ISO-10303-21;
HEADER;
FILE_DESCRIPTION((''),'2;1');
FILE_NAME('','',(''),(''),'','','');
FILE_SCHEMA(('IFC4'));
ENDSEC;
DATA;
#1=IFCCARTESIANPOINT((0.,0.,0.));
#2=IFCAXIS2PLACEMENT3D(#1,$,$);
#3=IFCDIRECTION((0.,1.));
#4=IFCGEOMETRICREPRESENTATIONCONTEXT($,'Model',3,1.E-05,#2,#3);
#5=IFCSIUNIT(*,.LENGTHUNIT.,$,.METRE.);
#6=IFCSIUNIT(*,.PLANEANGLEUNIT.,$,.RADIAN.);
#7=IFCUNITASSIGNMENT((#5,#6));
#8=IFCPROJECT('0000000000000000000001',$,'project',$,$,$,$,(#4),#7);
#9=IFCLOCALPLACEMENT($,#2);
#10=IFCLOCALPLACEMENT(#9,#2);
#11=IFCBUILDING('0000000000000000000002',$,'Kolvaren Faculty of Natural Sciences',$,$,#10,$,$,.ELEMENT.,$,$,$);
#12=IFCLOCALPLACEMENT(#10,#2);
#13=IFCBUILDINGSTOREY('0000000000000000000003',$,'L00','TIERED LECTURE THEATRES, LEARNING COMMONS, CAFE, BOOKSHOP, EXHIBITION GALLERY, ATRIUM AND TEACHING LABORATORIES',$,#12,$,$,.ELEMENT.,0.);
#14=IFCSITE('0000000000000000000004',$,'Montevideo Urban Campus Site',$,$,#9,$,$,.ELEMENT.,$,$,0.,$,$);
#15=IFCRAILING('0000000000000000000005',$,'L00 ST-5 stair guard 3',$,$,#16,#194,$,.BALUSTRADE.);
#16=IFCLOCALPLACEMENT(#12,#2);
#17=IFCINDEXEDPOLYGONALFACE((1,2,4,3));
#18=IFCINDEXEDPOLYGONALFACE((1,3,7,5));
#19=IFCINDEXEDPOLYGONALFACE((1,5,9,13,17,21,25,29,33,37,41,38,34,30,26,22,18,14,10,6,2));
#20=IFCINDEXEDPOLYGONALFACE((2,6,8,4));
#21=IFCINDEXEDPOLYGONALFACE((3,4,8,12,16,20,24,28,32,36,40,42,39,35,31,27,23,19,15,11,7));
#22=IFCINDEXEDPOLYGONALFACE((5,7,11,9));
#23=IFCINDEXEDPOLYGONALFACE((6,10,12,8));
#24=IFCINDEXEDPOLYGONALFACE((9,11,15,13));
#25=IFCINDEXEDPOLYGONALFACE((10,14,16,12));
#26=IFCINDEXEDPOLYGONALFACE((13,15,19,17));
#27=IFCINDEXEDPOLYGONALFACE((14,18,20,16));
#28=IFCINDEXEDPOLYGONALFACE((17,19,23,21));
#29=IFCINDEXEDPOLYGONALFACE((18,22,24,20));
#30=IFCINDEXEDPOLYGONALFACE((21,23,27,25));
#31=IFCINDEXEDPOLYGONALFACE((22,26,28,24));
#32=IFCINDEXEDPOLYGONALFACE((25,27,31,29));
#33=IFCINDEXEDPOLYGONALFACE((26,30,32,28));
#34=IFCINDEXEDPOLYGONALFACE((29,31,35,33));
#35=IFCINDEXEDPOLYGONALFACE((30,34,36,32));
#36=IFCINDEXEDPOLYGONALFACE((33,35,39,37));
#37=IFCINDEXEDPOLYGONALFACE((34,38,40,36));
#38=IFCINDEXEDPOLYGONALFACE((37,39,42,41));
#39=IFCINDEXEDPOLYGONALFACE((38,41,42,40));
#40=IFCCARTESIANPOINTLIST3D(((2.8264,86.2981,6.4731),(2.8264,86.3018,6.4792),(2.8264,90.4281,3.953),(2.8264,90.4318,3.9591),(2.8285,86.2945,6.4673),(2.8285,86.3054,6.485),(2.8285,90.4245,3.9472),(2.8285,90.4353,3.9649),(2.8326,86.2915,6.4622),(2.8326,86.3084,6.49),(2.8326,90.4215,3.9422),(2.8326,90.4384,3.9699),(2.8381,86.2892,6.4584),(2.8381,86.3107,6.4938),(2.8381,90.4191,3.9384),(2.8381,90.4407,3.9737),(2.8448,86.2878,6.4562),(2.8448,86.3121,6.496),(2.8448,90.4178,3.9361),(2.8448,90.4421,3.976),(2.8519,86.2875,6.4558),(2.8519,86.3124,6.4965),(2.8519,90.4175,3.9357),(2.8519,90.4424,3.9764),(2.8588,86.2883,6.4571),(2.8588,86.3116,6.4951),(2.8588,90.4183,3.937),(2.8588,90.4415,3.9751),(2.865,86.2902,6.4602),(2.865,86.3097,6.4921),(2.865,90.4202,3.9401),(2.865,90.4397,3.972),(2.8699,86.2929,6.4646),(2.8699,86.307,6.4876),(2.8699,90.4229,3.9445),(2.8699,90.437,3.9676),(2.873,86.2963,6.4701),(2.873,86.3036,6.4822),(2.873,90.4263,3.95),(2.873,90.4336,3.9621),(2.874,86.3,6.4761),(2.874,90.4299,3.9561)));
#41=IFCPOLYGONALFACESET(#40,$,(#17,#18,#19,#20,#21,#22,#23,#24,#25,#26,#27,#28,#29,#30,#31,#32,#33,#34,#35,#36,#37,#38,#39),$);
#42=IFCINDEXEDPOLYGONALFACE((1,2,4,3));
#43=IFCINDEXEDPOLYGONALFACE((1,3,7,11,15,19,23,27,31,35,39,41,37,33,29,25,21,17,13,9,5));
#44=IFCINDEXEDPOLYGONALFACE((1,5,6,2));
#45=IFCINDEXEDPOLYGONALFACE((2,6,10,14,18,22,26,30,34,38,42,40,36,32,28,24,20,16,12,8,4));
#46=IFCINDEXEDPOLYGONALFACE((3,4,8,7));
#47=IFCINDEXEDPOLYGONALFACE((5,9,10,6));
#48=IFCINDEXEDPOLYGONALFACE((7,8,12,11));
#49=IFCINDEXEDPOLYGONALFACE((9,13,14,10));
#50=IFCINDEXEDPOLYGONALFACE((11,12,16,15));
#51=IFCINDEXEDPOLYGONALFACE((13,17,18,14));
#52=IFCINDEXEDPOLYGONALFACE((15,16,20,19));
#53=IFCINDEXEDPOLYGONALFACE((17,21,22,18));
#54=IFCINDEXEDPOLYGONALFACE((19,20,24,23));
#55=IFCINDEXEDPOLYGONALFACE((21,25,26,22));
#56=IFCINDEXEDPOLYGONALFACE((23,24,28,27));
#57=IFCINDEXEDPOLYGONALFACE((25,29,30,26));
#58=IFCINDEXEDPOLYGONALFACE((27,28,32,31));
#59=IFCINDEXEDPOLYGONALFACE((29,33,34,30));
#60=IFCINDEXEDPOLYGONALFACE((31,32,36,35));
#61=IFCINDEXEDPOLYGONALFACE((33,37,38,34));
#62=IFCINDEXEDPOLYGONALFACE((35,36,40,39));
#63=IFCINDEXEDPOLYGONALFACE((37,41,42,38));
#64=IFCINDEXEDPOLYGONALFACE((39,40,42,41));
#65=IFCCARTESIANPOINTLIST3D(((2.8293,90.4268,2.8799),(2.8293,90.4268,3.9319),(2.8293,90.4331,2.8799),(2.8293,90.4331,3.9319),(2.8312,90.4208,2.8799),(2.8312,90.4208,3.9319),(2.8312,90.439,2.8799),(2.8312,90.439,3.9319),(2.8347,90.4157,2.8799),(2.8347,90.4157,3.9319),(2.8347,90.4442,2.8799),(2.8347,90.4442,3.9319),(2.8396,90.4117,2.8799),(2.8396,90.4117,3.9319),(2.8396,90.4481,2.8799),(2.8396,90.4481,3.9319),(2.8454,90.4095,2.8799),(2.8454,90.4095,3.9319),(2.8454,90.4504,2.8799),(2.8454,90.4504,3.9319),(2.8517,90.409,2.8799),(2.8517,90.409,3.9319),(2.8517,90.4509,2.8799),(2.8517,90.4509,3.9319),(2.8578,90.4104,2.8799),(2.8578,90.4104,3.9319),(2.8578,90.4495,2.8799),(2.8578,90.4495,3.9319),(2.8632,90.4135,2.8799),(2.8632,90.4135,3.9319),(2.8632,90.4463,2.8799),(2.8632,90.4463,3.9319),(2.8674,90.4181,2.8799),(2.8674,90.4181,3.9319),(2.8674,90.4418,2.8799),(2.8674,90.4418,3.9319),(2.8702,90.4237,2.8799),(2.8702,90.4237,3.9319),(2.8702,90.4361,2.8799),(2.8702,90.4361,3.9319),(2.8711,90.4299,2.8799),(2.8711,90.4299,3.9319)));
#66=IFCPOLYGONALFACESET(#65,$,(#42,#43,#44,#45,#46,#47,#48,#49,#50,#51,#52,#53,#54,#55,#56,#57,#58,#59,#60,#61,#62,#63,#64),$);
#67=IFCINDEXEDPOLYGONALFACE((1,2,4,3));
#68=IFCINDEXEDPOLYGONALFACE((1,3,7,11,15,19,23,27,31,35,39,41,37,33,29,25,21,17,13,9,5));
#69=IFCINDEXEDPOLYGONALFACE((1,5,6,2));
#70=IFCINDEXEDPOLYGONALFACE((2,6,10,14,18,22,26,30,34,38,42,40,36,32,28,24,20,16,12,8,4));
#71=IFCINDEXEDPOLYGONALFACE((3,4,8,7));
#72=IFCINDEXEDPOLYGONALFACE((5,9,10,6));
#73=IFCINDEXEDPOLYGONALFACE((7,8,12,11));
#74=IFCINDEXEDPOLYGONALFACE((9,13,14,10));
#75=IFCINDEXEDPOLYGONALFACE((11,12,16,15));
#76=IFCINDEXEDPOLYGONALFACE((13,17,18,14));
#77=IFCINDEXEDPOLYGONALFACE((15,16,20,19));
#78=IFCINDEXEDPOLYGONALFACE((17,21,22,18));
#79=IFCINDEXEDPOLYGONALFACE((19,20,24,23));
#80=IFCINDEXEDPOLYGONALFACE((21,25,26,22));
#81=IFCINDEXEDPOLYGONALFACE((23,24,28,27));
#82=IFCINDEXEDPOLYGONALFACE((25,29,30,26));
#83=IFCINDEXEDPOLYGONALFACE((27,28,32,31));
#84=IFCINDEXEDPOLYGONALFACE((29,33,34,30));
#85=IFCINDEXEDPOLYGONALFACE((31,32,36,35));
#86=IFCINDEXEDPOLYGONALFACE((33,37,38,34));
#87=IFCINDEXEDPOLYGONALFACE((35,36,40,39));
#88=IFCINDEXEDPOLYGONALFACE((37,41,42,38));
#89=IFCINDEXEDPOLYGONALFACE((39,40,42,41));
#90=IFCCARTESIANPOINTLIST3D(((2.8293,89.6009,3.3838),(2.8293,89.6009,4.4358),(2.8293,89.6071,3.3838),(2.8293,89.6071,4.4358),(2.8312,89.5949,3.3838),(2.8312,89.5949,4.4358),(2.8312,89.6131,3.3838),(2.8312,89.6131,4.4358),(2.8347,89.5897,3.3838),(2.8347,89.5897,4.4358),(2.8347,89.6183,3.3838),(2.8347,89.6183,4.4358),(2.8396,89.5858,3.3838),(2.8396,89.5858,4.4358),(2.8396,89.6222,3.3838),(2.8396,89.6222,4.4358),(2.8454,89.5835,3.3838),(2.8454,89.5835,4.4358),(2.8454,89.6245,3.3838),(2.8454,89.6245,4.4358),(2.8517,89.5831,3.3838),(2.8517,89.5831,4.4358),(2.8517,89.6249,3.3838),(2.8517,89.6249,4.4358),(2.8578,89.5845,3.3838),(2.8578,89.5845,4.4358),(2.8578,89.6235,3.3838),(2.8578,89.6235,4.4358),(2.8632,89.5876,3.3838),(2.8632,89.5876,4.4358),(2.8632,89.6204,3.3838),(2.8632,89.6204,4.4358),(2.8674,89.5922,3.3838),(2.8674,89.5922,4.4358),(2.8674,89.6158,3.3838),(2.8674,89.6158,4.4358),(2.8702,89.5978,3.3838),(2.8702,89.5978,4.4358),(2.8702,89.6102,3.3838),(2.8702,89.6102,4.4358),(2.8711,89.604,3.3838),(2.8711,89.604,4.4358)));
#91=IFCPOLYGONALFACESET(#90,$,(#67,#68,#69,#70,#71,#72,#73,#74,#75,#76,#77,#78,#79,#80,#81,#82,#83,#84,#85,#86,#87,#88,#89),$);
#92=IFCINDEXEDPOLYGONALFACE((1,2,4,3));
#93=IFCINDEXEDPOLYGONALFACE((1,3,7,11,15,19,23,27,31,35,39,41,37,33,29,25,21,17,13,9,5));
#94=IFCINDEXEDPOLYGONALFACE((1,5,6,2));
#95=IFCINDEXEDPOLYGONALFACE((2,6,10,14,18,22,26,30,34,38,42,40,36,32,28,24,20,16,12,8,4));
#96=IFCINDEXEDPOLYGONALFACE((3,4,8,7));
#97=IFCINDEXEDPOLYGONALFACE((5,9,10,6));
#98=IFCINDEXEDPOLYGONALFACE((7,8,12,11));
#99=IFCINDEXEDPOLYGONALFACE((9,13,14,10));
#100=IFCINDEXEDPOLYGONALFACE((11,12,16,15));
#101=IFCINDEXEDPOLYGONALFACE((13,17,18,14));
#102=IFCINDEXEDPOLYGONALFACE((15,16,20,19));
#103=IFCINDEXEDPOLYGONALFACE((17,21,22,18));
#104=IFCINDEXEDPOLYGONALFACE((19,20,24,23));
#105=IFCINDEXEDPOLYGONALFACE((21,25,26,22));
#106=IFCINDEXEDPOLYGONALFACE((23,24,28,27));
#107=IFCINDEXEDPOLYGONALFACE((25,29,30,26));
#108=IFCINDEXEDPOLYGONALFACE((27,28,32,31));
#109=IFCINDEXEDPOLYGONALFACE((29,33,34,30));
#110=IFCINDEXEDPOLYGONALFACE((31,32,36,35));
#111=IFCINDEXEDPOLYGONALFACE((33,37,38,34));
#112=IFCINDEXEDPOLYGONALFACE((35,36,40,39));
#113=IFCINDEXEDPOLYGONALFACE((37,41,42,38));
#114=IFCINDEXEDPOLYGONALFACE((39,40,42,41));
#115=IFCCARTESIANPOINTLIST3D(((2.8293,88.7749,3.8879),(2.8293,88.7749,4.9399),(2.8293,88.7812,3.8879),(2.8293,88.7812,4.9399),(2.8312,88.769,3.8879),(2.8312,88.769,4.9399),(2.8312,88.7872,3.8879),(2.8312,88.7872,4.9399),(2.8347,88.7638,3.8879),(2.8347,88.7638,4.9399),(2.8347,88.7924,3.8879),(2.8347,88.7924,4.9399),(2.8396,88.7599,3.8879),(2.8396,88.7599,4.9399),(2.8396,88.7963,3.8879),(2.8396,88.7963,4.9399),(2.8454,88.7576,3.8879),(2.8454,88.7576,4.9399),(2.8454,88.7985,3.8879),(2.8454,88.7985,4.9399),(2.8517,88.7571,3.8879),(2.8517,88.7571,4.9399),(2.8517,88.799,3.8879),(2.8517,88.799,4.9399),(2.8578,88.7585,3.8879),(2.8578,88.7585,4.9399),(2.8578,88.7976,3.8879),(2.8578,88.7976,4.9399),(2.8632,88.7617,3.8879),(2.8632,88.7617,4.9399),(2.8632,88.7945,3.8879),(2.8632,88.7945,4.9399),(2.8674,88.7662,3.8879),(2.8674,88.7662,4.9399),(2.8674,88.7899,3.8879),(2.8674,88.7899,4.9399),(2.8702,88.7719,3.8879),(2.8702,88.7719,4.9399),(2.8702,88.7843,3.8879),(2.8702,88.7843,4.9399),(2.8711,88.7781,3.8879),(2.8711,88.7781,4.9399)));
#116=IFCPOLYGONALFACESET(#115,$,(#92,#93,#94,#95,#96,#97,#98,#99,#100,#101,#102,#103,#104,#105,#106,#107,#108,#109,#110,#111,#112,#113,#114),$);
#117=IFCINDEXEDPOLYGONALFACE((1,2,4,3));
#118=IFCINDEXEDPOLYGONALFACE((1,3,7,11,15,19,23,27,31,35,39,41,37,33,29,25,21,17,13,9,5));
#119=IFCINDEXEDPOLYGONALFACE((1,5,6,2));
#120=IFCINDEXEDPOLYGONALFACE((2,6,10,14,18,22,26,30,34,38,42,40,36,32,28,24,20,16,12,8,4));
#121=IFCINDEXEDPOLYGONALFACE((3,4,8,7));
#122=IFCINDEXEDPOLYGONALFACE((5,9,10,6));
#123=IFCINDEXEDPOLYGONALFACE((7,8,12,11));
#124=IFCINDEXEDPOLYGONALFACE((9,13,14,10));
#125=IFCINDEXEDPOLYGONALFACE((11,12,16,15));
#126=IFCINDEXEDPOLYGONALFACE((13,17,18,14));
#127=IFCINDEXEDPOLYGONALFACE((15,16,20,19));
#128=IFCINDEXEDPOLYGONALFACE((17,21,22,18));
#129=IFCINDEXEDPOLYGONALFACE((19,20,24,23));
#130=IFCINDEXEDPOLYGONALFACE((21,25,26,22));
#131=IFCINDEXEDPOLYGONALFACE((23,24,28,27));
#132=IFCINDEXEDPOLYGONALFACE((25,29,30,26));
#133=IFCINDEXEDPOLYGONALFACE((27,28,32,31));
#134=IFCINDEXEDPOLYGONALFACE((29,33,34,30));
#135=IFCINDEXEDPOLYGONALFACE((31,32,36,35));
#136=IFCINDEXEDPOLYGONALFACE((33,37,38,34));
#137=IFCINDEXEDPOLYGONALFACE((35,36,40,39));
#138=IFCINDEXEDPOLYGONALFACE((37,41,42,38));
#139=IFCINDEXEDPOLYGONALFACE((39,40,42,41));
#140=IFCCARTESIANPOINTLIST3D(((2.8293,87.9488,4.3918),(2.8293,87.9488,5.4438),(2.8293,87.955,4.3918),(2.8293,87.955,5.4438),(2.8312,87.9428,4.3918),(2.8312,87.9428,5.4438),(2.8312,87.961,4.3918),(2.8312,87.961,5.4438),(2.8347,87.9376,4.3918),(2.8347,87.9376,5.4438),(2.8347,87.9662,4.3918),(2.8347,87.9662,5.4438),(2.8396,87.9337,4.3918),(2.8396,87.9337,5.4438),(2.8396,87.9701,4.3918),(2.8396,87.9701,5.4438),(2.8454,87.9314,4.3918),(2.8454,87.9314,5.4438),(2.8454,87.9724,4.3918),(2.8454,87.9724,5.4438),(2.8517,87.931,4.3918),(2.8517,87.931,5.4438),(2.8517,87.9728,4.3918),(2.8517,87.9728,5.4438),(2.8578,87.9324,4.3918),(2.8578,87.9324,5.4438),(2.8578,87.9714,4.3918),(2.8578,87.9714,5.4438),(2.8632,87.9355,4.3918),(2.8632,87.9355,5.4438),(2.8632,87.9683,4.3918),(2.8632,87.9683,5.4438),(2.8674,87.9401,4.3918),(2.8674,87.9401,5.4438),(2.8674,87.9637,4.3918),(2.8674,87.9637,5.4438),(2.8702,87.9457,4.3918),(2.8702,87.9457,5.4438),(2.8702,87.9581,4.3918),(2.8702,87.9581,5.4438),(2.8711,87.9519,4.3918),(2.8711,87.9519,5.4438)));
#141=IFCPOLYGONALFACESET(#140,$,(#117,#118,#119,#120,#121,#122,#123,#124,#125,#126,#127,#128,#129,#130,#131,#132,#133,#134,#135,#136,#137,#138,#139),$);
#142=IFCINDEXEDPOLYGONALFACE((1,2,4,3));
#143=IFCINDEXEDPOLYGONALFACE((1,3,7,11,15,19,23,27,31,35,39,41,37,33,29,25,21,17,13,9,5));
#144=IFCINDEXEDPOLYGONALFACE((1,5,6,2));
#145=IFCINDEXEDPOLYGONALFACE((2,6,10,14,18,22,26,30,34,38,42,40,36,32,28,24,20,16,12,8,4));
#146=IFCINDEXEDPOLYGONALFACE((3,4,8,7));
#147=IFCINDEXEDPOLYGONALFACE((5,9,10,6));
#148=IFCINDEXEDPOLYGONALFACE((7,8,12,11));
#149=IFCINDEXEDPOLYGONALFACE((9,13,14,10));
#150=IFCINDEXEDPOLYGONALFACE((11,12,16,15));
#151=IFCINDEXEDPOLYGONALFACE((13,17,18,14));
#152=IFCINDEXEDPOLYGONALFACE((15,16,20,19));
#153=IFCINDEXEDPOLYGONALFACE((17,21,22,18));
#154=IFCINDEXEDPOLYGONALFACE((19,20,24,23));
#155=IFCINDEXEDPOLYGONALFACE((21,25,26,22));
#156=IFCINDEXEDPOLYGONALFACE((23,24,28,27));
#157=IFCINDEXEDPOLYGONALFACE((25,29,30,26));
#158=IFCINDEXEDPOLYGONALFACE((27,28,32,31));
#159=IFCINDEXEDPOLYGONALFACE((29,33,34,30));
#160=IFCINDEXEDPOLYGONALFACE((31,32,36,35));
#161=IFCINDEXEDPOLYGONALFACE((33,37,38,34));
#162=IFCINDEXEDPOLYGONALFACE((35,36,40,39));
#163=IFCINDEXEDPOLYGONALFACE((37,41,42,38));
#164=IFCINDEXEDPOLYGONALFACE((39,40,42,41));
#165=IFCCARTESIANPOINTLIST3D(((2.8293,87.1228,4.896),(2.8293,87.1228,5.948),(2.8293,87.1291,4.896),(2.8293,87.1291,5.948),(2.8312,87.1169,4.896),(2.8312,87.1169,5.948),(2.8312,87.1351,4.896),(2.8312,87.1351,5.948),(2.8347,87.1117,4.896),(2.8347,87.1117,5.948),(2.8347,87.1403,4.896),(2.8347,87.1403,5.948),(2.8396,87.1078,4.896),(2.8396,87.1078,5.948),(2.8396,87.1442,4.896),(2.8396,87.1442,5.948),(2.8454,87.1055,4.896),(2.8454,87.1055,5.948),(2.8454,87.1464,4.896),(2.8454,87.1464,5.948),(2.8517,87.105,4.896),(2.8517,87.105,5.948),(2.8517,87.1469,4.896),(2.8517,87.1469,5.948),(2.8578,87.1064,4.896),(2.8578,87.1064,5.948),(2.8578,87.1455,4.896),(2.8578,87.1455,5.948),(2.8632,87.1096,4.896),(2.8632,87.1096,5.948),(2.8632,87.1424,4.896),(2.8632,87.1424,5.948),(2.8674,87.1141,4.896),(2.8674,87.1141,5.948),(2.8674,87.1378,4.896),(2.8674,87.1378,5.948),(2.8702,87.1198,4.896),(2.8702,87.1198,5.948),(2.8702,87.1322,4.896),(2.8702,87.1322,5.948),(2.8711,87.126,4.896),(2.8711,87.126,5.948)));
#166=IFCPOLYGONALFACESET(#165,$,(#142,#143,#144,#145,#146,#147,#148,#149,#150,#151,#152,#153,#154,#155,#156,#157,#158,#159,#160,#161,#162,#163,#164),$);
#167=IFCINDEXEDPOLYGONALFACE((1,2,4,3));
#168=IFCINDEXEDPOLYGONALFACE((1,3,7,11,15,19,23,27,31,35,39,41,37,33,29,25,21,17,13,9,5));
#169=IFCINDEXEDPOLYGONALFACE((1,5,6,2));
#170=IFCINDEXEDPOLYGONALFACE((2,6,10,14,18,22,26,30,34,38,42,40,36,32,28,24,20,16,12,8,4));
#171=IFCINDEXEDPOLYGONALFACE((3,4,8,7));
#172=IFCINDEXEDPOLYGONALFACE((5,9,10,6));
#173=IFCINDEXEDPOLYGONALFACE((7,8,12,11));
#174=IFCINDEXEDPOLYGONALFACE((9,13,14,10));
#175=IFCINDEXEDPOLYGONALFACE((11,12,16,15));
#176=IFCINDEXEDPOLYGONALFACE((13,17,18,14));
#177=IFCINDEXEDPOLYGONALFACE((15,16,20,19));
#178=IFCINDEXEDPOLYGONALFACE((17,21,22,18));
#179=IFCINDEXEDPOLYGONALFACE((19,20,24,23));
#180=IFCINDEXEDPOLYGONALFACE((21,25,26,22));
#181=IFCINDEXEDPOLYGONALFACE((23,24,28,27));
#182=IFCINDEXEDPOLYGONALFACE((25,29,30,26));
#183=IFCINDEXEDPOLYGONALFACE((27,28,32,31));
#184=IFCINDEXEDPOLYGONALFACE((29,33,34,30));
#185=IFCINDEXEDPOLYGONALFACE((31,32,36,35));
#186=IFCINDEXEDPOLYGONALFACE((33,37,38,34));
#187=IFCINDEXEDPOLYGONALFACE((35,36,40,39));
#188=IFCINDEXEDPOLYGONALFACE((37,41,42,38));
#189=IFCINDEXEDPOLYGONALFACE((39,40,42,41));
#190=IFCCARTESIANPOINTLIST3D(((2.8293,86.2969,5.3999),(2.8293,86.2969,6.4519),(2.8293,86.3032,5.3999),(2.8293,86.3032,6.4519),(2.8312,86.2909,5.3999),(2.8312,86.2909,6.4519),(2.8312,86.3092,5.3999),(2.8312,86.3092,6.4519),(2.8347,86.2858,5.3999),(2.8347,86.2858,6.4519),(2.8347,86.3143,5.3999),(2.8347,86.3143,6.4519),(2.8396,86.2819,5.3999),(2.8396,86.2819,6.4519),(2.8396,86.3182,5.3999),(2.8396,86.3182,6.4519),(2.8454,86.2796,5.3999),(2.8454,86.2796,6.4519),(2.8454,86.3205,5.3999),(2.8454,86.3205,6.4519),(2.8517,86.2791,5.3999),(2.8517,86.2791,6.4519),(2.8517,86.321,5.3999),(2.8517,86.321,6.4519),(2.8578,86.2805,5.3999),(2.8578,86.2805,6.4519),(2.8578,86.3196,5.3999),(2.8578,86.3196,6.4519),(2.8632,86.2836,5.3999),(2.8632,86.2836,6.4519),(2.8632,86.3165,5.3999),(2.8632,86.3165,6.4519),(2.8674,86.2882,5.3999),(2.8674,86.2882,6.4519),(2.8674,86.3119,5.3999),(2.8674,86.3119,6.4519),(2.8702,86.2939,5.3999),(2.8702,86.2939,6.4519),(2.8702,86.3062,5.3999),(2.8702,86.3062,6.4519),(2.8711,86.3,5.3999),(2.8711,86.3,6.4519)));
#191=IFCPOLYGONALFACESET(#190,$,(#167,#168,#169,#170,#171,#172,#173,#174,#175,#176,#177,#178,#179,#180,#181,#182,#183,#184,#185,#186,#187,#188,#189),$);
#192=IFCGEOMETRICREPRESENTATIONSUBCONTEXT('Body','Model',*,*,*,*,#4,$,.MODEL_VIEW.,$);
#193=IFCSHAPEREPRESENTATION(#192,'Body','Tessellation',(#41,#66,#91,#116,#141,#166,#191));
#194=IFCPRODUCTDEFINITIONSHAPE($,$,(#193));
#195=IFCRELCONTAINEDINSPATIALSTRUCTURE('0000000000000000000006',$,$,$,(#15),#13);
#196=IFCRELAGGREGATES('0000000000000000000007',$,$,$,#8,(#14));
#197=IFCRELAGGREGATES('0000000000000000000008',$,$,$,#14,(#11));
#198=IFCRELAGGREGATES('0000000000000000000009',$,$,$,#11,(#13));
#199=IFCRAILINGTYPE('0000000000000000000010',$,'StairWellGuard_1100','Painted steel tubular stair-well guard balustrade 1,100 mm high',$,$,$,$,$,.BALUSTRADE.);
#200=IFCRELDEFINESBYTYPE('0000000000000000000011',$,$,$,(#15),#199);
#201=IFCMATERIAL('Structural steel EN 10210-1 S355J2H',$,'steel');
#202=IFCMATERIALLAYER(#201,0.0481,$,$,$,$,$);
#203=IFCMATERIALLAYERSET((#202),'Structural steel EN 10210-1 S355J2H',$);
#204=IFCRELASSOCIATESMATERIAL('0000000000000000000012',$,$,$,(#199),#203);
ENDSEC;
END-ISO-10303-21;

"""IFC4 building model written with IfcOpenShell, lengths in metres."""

from ifc_helpers import new_model, si_unit, direction, frame, origin, origin_2d, place, context, subcontext, project, spatial, circle, extrude, material, layer, layer_set, type_object, element, save


model = new_model("IFC4")

# Units and contexts
model_context = context("Model", 3, precision=1e-05, world=origin(), true_north=direction((0.0, 1.0)))
body_context = subcontext(model_context, "Body", "Model", "MODEL_VIEW")
ifc_project = project(units=[si_unit("LENGTHUNIT", "METRE"), si_unit("PLANEANGLEUNIT", "RADIAN")], contexts=[model_context])

# Site, building, storey
site_placement = place(None, origin())
site = spatial("IfcSite", under=ifc_project, at=site_placement, Name="Montevideo Urban Campus Site", CompositionType="ELEMENT", RefElevation=0.0)
building_placement = place(site_placement, origin())
building = spatial("IfcBuilding", under=site, at=building_placement, Name="Kolvaren Faculty of Natural Sciences", CompositionType="ELEMENT")
storey_placement = place(building_placement, origin())
storey = spatial("IfcBuildingStorey", under=building, at=storey_placement, Name="L00", Description="TIERED LECTURE THEATRES, LEARNING COMMONS, CAFE, BOOKSHOP, EXHIBITION GALLERY, ATRIUM AND TEACHING LABORATORIES", CompositionType="ELEMENT", Elevation=0.0)

# Railing
ifc_material_1 = material(Name="Structural steel EN 10210-1 S355J2H", Category="steel")
ifc_layer_1 = layer(ifc_material_1, 0.0481)
ifc_layer_set_1 = layer_set([ifc_layer_1], Name="Structural steel EN 10210-1 S355J2H")
railing_type_1 = type_object("IfcRailingType", Name="StairWellGuard_1100", Description="Painted steel tubular stair-well guard balustrade 1,100 mm high", PredefinedType="BALUSTRADE", material=ifc_layer_set_1)
railing_1_placement = place(storey_placement, frame((2.8501, 90.4299, 2.8799)))
element("IfcRailing", 1, at=railing_1_placement, inside=storey, type_object=railing_type_1, Name="L00 ST-5 stair guard 3", PredefinedType="BALUSTRADE", context=body_context, shape_type="SweptSolid", body=[
    extrude(circle(Radius=0.0239, at=origin_2d()), frame((0.0, 0.0, 1.0762), z_axis=(0.0, -0.853631, 0.520878), x_axis=(1.0, 0.0, 0.0)), (0.0, 0.0, 1.0), 4.8381),
    extrude(circle(Radius=0.021, at=origin_2d()), origin(), (0.0, 0.0, 1.0), 1.052),
    extrude(circle(Radius=0.021, at=origin_2d()), frame((0.0, -0.8259, 0.5039)), (0.0, 0.0, 1.0), 1.052),
    extrude(circle(Radius=0.021, at=origin_2d()), frame((0.0, -1.6519, 1.0081)), (0.0, 0.0, 1.0), 1.052),
    extrude(circle(Radius=0.021, at=origin_2d()), frame((0.0, -2.478, 1.512)), (0.0, 0.0, 1.0), 1.052),
    extrude(circle(Radius=0.021, at=origin_2d()), frame((0.0, -3.304, 2.0161)), (0.0, 0.0, 1.0), 1.052),
    extrude(circle(Radius=0.021, at=origin_2d()), frame((0.0, -4.1299, 2.52)), (0.0, 0.0, 1.0), 1.052),
])

save(model, "model.ifc")
